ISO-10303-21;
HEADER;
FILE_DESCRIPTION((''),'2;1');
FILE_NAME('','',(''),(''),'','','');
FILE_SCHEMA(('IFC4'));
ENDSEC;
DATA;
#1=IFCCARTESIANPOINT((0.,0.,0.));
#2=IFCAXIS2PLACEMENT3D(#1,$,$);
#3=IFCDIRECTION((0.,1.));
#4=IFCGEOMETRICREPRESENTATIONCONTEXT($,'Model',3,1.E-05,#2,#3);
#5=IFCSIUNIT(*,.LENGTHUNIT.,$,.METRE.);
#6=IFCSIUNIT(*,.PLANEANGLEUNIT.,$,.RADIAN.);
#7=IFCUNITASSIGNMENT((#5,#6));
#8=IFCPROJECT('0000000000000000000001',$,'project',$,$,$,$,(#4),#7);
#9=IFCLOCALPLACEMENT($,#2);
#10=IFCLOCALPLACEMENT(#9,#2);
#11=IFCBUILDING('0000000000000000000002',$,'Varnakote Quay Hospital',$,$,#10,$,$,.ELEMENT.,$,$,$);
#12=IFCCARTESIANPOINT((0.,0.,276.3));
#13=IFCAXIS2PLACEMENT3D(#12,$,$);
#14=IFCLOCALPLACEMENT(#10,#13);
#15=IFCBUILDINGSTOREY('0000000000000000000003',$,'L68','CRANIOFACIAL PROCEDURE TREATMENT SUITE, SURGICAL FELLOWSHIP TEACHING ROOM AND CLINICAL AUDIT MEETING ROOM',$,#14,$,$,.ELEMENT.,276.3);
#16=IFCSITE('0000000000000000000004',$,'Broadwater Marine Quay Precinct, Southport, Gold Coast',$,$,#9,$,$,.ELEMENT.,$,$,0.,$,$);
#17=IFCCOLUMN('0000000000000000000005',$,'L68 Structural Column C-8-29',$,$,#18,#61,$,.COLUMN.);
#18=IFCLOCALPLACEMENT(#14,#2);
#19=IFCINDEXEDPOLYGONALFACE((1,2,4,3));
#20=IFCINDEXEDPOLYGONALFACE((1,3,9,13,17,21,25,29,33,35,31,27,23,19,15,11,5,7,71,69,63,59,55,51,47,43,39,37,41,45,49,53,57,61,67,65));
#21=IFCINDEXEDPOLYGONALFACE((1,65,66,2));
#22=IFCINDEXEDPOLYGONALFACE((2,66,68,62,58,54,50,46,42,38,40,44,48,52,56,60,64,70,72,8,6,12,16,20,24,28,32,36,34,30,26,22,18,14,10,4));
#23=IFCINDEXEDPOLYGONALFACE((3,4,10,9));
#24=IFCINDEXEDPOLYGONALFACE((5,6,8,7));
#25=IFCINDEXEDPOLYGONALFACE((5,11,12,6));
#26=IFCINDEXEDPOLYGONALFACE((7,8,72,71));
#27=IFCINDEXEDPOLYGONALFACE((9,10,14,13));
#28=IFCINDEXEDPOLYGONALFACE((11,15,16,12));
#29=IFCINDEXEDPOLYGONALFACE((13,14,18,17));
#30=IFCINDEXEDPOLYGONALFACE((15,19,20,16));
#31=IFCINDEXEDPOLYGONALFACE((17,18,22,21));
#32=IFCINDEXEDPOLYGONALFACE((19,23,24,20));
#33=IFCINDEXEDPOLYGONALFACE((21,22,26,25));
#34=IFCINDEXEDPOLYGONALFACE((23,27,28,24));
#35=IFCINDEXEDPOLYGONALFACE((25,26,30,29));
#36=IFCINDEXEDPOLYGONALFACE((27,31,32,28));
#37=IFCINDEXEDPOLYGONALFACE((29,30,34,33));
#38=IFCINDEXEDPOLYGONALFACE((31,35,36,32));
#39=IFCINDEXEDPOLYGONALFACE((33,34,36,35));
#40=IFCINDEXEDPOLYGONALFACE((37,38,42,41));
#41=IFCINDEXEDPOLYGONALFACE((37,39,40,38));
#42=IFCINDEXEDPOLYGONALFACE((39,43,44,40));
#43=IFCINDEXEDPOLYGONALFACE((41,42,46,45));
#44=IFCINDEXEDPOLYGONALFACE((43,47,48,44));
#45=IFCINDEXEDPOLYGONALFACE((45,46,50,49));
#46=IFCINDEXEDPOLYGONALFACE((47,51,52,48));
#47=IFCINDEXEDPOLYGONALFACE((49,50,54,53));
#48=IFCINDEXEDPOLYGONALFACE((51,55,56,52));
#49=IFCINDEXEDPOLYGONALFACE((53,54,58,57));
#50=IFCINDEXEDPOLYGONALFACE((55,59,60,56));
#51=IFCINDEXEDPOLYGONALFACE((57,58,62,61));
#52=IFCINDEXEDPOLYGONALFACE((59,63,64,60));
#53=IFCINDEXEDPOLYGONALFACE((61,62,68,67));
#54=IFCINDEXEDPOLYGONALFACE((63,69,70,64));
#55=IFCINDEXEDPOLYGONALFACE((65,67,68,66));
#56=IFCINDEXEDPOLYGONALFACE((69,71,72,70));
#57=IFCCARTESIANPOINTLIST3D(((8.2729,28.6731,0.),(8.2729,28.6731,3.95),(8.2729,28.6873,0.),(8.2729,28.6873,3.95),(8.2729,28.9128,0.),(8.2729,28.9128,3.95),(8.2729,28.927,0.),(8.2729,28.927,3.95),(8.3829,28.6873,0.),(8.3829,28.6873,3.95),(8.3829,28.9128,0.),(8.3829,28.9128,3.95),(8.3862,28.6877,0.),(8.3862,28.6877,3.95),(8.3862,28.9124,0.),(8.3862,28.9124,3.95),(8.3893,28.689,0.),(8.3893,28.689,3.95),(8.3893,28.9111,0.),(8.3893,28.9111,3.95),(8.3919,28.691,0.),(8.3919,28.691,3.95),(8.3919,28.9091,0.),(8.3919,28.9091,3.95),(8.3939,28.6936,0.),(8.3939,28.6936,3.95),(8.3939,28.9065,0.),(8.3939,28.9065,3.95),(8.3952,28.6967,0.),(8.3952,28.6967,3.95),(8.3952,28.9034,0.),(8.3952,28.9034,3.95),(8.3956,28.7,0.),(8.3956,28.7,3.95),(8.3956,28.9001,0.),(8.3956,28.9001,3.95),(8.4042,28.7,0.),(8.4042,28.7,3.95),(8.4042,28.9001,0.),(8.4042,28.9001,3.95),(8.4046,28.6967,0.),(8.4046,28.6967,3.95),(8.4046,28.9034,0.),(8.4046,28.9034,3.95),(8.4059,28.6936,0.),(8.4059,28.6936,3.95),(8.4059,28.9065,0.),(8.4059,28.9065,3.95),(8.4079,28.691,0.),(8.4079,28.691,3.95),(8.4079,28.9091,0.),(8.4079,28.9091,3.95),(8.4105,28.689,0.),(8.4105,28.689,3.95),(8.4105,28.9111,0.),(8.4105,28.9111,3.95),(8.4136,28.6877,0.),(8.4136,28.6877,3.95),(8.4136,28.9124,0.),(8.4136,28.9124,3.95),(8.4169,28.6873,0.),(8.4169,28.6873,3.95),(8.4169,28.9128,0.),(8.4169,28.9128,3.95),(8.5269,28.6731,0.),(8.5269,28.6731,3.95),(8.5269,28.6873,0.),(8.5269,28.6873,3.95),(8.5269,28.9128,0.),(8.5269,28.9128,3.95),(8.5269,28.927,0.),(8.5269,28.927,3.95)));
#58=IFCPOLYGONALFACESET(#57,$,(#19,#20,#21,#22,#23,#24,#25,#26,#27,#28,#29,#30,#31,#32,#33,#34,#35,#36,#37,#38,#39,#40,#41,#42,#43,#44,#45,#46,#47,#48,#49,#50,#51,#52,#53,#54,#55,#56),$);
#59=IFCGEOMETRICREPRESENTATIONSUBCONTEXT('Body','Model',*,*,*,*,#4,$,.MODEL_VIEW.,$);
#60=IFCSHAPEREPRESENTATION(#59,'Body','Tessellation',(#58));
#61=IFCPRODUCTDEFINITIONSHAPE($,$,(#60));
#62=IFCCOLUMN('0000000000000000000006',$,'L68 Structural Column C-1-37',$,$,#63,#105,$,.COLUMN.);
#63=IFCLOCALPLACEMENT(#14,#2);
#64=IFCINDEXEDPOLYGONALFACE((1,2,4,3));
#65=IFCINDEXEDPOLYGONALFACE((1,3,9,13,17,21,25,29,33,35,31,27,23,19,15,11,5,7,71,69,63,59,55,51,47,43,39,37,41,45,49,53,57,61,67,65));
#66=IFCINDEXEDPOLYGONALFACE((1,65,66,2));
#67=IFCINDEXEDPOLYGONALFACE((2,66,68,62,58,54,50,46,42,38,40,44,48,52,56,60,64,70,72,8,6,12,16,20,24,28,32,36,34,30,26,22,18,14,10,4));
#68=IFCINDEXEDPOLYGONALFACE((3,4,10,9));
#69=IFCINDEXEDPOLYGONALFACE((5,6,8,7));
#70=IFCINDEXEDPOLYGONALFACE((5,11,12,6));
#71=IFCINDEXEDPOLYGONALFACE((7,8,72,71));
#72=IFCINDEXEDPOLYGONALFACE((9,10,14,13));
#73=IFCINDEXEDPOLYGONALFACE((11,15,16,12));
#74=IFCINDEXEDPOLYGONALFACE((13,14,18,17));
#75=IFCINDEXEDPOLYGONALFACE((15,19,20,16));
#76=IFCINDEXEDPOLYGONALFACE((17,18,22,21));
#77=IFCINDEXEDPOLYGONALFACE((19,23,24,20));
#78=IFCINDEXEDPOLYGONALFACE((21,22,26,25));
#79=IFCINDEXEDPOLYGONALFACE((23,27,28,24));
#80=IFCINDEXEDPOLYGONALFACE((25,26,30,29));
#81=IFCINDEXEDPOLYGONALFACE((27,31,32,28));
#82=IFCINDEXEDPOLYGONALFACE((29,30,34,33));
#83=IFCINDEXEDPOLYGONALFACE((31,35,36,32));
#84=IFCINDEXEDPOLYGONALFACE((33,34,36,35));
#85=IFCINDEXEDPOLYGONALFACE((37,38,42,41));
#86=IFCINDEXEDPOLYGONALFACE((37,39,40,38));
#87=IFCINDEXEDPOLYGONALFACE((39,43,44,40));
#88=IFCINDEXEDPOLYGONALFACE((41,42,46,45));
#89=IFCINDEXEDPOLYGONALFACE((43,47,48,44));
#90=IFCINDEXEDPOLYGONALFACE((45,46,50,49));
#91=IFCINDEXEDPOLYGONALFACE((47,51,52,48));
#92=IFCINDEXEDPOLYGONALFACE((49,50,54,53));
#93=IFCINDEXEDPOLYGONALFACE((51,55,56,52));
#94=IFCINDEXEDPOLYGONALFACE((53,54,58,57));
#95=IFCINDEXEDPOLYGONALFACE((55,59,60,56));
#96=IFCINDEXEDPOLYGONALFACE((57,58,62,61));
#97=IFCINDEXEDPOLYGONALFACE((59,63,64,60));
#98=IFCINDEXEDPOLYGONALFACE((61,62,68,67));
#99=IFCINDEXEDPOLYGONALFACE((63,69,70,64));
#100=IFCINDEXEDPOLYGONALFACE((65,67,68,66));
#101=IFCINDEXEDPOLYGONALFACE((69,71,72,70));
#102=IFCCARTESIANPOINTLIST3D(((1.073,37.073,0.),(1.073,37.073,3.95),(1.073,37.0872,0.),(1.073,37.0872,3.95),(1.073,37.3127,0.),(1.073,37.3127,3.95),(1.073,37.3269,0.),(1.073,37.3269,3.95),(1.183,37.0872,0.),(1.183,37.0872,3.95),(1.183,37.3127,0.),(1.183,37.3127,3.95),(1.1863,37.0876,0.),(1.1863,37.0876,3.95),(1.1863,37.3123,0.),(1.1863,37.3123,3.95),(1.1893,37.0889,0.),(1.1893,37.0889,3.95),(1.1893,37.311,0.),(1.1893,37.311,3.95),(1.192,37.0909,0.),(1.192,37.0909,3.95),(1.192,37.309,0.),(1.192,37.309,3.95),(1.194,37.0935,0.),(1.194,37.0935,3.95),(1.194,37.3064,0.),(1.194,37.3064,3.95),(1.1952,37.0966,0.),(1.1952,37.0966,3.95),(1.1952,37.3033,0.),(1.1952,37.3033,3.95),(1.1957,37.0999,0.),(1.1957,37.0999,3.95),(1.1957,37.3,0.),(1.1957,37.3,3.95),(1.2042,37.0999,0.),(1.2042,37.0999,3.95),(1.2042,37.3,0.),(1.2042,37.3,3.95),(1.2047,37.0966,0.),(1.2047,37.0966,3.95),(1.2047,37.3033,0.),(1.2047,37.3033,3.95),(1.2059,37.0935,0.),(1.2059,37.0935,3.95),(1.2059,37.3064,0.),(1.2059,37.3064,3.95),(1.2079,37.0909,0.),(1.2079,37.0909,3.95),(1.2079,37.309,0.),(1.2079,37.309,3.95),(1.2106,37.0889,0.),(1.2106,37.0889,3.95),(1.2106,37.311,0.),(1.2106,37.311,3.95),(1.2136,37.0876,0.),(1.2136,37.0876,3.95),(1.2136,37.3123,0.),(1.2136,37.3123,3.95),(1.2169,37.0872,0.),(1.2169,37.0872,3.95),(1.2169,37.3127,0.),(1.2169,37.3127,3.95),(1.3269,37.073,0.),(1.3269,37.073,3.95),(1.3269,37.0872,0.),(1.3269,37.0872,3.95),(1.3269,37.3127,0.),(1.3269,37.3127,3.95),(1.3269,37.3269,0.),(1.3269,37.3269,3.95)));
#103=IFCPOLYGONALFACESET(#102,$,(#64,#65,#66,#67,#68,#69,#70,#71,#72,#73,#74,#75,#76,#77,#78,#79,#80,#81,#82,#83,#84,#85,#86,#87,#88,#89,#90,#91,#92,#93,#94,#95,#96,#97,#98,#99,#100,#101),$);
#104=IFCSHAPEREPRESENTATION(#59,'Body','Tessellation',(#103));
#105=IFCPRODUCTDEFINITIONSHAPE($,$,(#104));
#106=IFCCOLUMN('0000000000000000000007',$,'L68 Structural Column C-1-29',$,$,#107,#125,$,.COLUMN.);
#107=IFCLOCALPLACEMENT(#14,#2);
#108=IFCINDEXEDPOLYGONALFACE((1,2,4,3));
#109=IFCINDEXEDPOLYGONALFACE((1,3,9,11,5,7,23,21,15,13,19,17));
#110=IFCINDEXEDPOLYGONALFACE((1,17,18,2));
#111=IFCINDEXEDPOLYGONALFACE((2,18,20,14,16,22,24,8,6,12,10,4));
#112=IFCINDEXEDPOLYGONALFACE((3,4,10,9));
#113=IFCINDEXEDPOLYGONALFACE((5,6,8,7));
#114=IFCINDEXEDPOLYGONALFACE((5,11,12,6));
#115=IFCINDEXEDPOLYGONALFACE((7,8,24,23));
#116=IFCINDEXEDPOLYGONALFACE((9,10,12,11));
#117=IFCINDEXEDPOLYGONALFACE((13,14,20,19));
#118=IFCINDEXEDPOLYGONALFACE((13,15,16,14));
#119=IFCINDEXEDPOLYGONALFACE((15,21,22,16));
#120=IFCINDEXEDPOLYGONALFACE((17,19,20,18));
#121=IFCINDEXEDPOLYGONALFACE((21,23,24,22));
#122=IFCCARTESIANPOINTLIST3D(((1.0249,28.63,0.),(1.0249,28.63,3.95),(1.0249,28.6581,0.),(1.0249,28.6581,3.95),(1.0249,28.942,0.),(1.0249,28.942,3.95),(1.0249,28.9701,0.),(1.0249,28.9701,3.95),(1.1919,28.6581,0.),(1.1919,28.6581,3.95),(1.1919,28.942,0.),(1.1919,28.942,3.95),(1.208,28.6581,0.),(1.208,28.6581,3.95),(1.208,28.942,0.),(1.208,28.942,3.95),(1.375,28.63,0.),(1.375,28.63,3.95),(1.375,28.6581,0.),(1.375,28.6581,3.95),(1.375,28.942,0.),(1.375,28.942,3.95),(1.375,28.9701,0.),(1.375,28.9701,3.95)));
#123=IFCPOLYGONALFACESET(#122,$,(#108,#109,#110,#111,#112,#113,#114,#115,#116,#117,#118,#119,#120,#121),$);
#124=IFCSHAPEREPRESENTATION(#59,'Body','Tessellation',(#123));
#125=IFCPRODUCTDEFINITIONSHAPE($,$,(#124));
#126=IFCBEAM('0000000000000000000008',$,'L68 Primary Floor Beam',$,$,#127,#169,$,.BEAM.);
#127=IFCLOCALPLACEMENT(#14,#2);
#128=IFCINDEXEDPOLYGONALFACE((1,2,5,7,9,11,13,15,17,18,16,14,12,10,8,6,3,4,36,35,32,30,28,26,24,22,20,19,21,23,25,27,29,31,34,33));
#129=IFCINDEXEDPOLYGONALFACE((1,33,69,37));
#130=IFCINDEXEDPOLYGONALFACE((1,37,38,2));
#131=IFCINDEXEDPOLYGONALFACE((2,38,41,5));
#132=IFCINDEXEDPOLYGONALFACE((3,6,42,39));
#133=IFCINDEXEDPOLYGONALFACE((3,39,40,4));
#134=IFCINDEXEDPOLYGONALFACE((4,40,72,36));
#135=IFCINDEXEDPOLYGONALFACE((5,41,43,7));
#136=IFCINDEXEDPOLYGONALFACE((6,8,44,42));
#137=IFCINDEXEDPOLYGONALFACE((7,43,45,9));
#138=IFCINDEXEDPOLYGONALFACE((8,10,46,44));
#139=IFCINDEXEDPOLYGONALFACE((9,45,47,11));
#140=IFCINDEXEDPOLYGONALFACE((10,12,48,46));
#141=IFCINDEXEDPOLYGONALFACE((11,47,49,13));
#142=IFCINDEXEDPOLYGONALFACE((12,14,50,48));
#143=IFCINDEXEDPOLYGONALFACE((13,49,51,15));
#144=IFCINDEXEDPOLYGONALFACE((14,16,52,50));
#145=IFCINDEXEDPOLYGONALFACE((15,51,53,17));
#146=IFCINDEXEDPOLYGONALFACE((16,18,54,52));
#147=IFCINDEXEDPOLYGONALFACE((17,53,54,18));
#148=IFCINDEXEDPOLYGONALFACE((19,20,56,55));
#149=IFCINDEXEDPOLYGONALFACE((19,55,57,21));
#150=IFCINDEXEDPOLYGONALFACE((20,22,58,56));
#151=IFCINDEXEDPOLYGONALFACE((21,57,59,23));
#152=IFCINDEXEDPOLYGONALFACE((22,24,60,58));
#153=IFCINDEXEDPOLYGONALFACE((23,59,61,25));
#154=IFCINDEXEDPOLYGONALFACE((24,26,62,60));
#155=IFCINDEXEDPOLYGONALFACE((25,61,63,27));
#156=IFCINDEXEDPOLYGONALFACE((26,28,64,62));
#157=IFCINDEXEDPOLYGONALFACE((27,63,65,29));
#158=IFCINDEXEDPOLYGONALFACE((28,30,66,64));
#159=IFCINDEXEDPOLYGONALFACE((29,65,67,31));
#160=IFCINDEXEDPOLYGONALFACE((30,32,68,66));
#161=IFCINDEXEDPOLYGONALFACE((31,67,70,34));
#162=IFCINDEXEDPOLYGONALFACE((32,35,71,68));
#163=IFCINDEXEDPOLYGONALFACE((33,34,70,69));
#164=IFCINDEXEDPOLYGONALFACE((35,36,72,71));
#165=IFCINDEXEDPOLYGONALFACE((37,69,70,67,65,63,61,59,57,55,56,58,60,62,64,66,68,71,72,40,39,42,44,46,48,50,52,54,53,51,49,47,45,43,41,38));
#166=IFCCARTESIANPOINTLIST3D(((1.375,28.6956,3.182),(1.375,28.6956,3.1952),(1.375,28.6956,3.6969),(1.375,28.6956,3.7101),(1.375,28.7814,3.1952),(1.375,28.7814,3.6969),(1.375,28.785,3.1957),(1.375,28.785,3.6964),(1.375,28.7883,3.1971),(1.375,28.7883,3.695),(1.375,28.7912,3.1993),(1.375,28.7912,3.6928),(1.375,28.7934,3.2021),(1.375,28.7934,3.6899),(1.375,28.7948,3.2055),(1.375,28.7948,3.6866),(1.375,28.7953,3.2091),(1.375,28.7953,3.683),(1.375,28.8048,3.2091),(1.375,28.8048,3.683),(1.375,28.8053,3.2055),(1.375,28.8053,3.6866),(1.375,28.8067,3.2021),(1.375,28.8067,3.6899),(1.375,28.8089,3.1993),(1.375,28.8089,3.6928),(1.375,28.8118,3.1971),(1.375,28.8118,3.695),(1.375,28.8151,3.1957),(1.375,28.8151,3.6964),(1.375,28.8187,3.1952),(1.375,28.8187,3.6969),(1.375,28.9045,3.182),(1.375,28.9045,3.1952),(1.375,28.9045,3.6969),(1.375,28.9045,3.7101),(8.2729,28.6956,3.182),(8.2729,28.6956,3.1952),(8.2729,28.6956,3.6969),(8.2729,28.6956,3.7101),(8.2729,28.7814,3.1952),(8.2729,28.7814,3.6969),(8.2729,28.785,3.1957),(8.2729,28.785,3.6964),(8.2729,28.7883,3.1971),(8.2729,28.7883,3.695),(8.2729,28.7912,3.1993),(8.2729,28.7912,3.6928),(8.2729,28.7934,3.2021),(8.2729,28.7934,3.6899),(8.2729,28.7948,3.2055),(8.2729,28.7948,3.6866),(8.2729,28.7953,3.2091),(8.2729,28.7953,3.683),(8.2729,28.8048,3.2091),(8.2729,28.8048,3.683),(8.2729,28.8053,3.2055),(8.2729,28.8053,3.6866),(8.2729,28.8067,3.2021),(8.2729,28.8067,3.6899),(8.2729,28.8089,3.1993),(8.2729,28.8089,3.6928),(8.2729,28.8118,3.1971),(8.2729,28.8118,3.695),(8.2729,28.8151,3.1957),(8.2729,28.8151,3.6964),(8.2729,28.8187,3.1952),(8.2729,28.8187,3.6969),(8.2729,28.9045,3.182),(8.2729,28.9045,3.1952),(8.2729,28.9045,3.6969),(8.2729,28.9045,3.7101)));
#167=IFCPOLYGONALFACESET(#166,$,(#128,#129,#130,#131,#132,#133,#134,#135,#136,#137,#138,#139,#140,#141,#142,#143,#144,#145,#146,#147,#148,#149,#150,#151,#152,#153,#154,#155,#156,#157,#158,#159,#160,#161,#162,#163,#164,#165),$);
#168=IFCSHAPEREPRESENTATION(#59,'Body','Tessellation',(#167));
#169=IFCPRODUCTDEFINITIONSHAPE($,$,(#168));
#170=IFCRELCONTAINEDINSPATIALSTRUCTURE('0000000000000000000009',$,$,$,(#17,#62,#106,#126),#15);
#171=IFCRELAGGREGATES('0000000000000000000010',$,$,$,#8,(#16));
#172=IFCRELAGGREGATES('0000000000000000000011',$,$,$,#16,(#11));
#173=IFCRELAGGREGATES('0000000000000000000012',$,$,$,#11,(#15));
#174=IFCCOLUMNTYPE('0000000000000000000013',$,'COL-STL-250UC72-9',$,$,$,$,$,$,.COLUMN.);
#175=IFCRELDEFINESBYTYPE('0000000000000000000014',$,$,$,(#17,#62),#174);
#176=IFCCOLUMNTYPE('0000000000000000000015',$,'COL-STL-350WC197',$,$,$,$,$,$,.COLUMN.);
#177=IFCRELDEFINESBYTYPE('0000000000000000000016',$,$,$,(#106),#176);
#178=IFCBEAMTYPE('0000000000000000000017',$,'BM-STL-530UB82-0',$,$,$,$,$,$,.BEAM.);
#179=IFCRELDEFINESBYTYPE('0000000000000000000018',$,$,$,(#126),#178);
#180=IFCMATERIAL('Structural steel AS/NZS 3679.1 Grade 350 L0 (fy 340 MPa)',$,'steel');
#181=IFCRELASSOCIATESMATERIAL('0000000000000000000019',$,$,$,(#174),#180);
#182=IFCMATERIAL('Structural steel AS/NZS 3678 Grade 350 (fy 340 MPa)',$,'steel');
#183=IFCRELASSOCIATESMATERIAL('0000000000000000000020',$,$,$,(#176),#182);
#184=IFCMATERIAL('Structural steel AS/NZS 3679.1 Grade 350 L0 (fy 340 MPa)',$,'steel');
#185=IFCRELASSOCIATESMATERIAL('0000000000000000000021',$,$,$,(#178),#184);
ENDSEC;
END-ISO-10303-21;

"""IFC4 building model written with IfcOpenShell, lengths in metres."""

from ifc_helpers import new_model, si_unit, direction, frame, origin, origin_2d, place, context, subcontext, project, spatial, i_section, extrude, material, material_profile, profile_set, type_object, element, save


model = new_model("IFC4")

# Units and contexts
model_context = context("Model", 3, precision=1e-05, world=origin(), true_north=direction((0.0, 1.0)))
body_context = subcontext(model_context, "Body", "Model", "MODEL_VIEW")
ifc_project = project(units=[si_unit("LENGTHUNIT", "METRE"), si_unit("PLANEANGLEUNIT", "RADIAN")], contexts=[model_context])

# Site, building, storey
site_placement = place(None, origin())
site = spatial("IfcSite", under=ifc_project, at=site_placement, Name="Broadwater Marine Quay Precinct, Southport, Gold Coast", CompositionType="ELEMENT", RefElevation=0.0)
building_placement = place(site_placement, origin())
building = spatial("IfcBuilding", under=site, at=building_placement, Name="Varnakote Quay Hospital", CompositionType="ELEMENT")
storey_placement = place(building_placement, frame((0.0, 0.0, 276.3)))
storey = spatial("IfcBuildingStorey", under=building, at=storey_placement, Name="L68", Description="CRANIOFACIAL PROCEDURE TREATMENT SUITE, SURGICAL FELLOWSHIP TEACHING ROOM AND CLINICAL AUDIT MEETING ROOM", CompositionType="ELEMENT", Elevation=276.3)

# Columns
ifc_material_1 = material(Name="Structural steel AS/NZS 3679.1 Grade 350 L0 (fy 340 MPa)", Category="steel")
ifc_material_profile_1 = material_profile(ifc_material_1, i_section(OverallWidth=0.2539, OverallDepth=0.2539, WebThickness=0.0085, FlangeThickness=0.0142, FilletRadius=0.0127, at=origin_2d()), Name="250UC72.9")
ifc_profile_set_1 = profile_set([ifc_material_profile_1], Name="Structural steel AS/NZS 3679.1 Grade 350 L0 (fy 340 MPa)")
column_type_1 = type_object("IfcColumnType", Name="COL-STL-250UC72-9", PredefinedType="COLUMN", material=ifc_profile_set_1)
for number, where, z_axis, x_axis, name in (
    (1, (8.3999, 28.8, 0.0), (0.0, 0.0, 1.0), (1.0, 0.0, 0.0), "L68 Structural Column C-8-29"),
    (2, (1.2, 37.2, 0.0), (0.0, 0.0, 1.0), (1.0, 0.0, 0.0), "L68 Structural Column C-1-37"),
):
    element("IfcColumn", number, at=place(storey_placement, frame(where, z_axis=z_axis, x_axis=x_axis)), inside=storey, type_object=column_type_1, Name=name, PredefinedType="COLUMN", context=body_context, shape_type="SweptSolid", body=[
        extrude(i_section(OverallWidth=0.2539, OverallDepth=0.2539, WebThickness=0.0085, FlangeThickness=0.0142, FilletRadius=0.0127, at=origin_2d()), origin(), (0.0, 0.0, 1.0), 3.95),
    ])
ifc_material_2 = material(Name="Structural steel AS/NZS 3678 Grade 350 (fy 340 MPa)", Category="steel")
ifc_material_profile_2 = material_profile(ifc_material_2, i_section(OverallWidth=0.3501, OverallDepth=0.3401, WebThickness=0.0161, FlangeThickness=0.0281, at=origin_2d()), Name="350WC197")
ifc_profile_set_2 = profile_set([ifc_material_profile_2], Name="Structural steel AS/NZS 3678 Grade 350 (fy 340 MPa)")
column_type_2 = type_object("IfcColumnType", Name="COL-STL-350WC197", PredefinedType="COLUMN", material=ifc_profile_set_2)
column_placement = place(storey_placement, frame((1.2, 28.8, 0.0), z_axis=(0.0, 0.0, 1.0), x_axis=(1.0, 0.0, 0.0)))
element("IfcColumn", 3, at=column_placement, inside=storey, type_object=column_type_2, Name="L68 Structural Column C-1-29", PredefinedType="COLUMN", context=body_context, shape_type="SweptSolid", body=[
    extrude(i_section(OverallWidth=0.3501, OverallDepth=0.3401, WebThickness=0.0161, FlangeThickness=0.0281, at=origin_2d()), origin(), (0.0, 0.0, 1.0), 3.95),
])

# Beam
ifc_material_3 = material(Name="Structural steel AS/NZS 3679.1 Grade 350 L0 (fy 340 MPa)", Category="steel")
ifc_material_profile_3 = material_profile(ifc_material_3, i_section(OverallWidth=0.209, OverallDepth=0.5281, WebThickness=0.0095, FlangeThickness=0.0132, FilletRadius=0.0139, at=origin_2d()), Name="530UB82.0")
ifc_profile_set_3 = profile_set([ifc_material_profile_3], Name="Structural steel AS/NZS 3679.1 Grade 350 L0 (fy 340 MPa)")
beam_type_1 = type_object("IfcBeamType", Name="BM-STL-530UB82-0", PredefinedType="BEAM", material=ifc_profile_set_3)
beam_1_placement = place(storey_placement, frame((1.375, 28.8, 3.446), z_axis=(1.0, 0.0, 0.0), x_axis=(0.0, 1.0, 0.0)))
element("IfcBeam", 4, at=beam_1_placement, inside=storey, type_object=beam_type_1, Name="L68 Primary Floor Beam", PredefinedType="BEAM", context=body_context, shape_type="SweptSolid", body=[
    extrude(i_section(OverallWidth=0.209, OverallDepth=0.5281, WebThickness=0.0095, FlangeThickness=0.0132, FilletRadius=0.0139, at=origin_2d()), origin(), (0.0, 0.0, 1.0), 6.8979),
])

save(model, "model.ifc")
